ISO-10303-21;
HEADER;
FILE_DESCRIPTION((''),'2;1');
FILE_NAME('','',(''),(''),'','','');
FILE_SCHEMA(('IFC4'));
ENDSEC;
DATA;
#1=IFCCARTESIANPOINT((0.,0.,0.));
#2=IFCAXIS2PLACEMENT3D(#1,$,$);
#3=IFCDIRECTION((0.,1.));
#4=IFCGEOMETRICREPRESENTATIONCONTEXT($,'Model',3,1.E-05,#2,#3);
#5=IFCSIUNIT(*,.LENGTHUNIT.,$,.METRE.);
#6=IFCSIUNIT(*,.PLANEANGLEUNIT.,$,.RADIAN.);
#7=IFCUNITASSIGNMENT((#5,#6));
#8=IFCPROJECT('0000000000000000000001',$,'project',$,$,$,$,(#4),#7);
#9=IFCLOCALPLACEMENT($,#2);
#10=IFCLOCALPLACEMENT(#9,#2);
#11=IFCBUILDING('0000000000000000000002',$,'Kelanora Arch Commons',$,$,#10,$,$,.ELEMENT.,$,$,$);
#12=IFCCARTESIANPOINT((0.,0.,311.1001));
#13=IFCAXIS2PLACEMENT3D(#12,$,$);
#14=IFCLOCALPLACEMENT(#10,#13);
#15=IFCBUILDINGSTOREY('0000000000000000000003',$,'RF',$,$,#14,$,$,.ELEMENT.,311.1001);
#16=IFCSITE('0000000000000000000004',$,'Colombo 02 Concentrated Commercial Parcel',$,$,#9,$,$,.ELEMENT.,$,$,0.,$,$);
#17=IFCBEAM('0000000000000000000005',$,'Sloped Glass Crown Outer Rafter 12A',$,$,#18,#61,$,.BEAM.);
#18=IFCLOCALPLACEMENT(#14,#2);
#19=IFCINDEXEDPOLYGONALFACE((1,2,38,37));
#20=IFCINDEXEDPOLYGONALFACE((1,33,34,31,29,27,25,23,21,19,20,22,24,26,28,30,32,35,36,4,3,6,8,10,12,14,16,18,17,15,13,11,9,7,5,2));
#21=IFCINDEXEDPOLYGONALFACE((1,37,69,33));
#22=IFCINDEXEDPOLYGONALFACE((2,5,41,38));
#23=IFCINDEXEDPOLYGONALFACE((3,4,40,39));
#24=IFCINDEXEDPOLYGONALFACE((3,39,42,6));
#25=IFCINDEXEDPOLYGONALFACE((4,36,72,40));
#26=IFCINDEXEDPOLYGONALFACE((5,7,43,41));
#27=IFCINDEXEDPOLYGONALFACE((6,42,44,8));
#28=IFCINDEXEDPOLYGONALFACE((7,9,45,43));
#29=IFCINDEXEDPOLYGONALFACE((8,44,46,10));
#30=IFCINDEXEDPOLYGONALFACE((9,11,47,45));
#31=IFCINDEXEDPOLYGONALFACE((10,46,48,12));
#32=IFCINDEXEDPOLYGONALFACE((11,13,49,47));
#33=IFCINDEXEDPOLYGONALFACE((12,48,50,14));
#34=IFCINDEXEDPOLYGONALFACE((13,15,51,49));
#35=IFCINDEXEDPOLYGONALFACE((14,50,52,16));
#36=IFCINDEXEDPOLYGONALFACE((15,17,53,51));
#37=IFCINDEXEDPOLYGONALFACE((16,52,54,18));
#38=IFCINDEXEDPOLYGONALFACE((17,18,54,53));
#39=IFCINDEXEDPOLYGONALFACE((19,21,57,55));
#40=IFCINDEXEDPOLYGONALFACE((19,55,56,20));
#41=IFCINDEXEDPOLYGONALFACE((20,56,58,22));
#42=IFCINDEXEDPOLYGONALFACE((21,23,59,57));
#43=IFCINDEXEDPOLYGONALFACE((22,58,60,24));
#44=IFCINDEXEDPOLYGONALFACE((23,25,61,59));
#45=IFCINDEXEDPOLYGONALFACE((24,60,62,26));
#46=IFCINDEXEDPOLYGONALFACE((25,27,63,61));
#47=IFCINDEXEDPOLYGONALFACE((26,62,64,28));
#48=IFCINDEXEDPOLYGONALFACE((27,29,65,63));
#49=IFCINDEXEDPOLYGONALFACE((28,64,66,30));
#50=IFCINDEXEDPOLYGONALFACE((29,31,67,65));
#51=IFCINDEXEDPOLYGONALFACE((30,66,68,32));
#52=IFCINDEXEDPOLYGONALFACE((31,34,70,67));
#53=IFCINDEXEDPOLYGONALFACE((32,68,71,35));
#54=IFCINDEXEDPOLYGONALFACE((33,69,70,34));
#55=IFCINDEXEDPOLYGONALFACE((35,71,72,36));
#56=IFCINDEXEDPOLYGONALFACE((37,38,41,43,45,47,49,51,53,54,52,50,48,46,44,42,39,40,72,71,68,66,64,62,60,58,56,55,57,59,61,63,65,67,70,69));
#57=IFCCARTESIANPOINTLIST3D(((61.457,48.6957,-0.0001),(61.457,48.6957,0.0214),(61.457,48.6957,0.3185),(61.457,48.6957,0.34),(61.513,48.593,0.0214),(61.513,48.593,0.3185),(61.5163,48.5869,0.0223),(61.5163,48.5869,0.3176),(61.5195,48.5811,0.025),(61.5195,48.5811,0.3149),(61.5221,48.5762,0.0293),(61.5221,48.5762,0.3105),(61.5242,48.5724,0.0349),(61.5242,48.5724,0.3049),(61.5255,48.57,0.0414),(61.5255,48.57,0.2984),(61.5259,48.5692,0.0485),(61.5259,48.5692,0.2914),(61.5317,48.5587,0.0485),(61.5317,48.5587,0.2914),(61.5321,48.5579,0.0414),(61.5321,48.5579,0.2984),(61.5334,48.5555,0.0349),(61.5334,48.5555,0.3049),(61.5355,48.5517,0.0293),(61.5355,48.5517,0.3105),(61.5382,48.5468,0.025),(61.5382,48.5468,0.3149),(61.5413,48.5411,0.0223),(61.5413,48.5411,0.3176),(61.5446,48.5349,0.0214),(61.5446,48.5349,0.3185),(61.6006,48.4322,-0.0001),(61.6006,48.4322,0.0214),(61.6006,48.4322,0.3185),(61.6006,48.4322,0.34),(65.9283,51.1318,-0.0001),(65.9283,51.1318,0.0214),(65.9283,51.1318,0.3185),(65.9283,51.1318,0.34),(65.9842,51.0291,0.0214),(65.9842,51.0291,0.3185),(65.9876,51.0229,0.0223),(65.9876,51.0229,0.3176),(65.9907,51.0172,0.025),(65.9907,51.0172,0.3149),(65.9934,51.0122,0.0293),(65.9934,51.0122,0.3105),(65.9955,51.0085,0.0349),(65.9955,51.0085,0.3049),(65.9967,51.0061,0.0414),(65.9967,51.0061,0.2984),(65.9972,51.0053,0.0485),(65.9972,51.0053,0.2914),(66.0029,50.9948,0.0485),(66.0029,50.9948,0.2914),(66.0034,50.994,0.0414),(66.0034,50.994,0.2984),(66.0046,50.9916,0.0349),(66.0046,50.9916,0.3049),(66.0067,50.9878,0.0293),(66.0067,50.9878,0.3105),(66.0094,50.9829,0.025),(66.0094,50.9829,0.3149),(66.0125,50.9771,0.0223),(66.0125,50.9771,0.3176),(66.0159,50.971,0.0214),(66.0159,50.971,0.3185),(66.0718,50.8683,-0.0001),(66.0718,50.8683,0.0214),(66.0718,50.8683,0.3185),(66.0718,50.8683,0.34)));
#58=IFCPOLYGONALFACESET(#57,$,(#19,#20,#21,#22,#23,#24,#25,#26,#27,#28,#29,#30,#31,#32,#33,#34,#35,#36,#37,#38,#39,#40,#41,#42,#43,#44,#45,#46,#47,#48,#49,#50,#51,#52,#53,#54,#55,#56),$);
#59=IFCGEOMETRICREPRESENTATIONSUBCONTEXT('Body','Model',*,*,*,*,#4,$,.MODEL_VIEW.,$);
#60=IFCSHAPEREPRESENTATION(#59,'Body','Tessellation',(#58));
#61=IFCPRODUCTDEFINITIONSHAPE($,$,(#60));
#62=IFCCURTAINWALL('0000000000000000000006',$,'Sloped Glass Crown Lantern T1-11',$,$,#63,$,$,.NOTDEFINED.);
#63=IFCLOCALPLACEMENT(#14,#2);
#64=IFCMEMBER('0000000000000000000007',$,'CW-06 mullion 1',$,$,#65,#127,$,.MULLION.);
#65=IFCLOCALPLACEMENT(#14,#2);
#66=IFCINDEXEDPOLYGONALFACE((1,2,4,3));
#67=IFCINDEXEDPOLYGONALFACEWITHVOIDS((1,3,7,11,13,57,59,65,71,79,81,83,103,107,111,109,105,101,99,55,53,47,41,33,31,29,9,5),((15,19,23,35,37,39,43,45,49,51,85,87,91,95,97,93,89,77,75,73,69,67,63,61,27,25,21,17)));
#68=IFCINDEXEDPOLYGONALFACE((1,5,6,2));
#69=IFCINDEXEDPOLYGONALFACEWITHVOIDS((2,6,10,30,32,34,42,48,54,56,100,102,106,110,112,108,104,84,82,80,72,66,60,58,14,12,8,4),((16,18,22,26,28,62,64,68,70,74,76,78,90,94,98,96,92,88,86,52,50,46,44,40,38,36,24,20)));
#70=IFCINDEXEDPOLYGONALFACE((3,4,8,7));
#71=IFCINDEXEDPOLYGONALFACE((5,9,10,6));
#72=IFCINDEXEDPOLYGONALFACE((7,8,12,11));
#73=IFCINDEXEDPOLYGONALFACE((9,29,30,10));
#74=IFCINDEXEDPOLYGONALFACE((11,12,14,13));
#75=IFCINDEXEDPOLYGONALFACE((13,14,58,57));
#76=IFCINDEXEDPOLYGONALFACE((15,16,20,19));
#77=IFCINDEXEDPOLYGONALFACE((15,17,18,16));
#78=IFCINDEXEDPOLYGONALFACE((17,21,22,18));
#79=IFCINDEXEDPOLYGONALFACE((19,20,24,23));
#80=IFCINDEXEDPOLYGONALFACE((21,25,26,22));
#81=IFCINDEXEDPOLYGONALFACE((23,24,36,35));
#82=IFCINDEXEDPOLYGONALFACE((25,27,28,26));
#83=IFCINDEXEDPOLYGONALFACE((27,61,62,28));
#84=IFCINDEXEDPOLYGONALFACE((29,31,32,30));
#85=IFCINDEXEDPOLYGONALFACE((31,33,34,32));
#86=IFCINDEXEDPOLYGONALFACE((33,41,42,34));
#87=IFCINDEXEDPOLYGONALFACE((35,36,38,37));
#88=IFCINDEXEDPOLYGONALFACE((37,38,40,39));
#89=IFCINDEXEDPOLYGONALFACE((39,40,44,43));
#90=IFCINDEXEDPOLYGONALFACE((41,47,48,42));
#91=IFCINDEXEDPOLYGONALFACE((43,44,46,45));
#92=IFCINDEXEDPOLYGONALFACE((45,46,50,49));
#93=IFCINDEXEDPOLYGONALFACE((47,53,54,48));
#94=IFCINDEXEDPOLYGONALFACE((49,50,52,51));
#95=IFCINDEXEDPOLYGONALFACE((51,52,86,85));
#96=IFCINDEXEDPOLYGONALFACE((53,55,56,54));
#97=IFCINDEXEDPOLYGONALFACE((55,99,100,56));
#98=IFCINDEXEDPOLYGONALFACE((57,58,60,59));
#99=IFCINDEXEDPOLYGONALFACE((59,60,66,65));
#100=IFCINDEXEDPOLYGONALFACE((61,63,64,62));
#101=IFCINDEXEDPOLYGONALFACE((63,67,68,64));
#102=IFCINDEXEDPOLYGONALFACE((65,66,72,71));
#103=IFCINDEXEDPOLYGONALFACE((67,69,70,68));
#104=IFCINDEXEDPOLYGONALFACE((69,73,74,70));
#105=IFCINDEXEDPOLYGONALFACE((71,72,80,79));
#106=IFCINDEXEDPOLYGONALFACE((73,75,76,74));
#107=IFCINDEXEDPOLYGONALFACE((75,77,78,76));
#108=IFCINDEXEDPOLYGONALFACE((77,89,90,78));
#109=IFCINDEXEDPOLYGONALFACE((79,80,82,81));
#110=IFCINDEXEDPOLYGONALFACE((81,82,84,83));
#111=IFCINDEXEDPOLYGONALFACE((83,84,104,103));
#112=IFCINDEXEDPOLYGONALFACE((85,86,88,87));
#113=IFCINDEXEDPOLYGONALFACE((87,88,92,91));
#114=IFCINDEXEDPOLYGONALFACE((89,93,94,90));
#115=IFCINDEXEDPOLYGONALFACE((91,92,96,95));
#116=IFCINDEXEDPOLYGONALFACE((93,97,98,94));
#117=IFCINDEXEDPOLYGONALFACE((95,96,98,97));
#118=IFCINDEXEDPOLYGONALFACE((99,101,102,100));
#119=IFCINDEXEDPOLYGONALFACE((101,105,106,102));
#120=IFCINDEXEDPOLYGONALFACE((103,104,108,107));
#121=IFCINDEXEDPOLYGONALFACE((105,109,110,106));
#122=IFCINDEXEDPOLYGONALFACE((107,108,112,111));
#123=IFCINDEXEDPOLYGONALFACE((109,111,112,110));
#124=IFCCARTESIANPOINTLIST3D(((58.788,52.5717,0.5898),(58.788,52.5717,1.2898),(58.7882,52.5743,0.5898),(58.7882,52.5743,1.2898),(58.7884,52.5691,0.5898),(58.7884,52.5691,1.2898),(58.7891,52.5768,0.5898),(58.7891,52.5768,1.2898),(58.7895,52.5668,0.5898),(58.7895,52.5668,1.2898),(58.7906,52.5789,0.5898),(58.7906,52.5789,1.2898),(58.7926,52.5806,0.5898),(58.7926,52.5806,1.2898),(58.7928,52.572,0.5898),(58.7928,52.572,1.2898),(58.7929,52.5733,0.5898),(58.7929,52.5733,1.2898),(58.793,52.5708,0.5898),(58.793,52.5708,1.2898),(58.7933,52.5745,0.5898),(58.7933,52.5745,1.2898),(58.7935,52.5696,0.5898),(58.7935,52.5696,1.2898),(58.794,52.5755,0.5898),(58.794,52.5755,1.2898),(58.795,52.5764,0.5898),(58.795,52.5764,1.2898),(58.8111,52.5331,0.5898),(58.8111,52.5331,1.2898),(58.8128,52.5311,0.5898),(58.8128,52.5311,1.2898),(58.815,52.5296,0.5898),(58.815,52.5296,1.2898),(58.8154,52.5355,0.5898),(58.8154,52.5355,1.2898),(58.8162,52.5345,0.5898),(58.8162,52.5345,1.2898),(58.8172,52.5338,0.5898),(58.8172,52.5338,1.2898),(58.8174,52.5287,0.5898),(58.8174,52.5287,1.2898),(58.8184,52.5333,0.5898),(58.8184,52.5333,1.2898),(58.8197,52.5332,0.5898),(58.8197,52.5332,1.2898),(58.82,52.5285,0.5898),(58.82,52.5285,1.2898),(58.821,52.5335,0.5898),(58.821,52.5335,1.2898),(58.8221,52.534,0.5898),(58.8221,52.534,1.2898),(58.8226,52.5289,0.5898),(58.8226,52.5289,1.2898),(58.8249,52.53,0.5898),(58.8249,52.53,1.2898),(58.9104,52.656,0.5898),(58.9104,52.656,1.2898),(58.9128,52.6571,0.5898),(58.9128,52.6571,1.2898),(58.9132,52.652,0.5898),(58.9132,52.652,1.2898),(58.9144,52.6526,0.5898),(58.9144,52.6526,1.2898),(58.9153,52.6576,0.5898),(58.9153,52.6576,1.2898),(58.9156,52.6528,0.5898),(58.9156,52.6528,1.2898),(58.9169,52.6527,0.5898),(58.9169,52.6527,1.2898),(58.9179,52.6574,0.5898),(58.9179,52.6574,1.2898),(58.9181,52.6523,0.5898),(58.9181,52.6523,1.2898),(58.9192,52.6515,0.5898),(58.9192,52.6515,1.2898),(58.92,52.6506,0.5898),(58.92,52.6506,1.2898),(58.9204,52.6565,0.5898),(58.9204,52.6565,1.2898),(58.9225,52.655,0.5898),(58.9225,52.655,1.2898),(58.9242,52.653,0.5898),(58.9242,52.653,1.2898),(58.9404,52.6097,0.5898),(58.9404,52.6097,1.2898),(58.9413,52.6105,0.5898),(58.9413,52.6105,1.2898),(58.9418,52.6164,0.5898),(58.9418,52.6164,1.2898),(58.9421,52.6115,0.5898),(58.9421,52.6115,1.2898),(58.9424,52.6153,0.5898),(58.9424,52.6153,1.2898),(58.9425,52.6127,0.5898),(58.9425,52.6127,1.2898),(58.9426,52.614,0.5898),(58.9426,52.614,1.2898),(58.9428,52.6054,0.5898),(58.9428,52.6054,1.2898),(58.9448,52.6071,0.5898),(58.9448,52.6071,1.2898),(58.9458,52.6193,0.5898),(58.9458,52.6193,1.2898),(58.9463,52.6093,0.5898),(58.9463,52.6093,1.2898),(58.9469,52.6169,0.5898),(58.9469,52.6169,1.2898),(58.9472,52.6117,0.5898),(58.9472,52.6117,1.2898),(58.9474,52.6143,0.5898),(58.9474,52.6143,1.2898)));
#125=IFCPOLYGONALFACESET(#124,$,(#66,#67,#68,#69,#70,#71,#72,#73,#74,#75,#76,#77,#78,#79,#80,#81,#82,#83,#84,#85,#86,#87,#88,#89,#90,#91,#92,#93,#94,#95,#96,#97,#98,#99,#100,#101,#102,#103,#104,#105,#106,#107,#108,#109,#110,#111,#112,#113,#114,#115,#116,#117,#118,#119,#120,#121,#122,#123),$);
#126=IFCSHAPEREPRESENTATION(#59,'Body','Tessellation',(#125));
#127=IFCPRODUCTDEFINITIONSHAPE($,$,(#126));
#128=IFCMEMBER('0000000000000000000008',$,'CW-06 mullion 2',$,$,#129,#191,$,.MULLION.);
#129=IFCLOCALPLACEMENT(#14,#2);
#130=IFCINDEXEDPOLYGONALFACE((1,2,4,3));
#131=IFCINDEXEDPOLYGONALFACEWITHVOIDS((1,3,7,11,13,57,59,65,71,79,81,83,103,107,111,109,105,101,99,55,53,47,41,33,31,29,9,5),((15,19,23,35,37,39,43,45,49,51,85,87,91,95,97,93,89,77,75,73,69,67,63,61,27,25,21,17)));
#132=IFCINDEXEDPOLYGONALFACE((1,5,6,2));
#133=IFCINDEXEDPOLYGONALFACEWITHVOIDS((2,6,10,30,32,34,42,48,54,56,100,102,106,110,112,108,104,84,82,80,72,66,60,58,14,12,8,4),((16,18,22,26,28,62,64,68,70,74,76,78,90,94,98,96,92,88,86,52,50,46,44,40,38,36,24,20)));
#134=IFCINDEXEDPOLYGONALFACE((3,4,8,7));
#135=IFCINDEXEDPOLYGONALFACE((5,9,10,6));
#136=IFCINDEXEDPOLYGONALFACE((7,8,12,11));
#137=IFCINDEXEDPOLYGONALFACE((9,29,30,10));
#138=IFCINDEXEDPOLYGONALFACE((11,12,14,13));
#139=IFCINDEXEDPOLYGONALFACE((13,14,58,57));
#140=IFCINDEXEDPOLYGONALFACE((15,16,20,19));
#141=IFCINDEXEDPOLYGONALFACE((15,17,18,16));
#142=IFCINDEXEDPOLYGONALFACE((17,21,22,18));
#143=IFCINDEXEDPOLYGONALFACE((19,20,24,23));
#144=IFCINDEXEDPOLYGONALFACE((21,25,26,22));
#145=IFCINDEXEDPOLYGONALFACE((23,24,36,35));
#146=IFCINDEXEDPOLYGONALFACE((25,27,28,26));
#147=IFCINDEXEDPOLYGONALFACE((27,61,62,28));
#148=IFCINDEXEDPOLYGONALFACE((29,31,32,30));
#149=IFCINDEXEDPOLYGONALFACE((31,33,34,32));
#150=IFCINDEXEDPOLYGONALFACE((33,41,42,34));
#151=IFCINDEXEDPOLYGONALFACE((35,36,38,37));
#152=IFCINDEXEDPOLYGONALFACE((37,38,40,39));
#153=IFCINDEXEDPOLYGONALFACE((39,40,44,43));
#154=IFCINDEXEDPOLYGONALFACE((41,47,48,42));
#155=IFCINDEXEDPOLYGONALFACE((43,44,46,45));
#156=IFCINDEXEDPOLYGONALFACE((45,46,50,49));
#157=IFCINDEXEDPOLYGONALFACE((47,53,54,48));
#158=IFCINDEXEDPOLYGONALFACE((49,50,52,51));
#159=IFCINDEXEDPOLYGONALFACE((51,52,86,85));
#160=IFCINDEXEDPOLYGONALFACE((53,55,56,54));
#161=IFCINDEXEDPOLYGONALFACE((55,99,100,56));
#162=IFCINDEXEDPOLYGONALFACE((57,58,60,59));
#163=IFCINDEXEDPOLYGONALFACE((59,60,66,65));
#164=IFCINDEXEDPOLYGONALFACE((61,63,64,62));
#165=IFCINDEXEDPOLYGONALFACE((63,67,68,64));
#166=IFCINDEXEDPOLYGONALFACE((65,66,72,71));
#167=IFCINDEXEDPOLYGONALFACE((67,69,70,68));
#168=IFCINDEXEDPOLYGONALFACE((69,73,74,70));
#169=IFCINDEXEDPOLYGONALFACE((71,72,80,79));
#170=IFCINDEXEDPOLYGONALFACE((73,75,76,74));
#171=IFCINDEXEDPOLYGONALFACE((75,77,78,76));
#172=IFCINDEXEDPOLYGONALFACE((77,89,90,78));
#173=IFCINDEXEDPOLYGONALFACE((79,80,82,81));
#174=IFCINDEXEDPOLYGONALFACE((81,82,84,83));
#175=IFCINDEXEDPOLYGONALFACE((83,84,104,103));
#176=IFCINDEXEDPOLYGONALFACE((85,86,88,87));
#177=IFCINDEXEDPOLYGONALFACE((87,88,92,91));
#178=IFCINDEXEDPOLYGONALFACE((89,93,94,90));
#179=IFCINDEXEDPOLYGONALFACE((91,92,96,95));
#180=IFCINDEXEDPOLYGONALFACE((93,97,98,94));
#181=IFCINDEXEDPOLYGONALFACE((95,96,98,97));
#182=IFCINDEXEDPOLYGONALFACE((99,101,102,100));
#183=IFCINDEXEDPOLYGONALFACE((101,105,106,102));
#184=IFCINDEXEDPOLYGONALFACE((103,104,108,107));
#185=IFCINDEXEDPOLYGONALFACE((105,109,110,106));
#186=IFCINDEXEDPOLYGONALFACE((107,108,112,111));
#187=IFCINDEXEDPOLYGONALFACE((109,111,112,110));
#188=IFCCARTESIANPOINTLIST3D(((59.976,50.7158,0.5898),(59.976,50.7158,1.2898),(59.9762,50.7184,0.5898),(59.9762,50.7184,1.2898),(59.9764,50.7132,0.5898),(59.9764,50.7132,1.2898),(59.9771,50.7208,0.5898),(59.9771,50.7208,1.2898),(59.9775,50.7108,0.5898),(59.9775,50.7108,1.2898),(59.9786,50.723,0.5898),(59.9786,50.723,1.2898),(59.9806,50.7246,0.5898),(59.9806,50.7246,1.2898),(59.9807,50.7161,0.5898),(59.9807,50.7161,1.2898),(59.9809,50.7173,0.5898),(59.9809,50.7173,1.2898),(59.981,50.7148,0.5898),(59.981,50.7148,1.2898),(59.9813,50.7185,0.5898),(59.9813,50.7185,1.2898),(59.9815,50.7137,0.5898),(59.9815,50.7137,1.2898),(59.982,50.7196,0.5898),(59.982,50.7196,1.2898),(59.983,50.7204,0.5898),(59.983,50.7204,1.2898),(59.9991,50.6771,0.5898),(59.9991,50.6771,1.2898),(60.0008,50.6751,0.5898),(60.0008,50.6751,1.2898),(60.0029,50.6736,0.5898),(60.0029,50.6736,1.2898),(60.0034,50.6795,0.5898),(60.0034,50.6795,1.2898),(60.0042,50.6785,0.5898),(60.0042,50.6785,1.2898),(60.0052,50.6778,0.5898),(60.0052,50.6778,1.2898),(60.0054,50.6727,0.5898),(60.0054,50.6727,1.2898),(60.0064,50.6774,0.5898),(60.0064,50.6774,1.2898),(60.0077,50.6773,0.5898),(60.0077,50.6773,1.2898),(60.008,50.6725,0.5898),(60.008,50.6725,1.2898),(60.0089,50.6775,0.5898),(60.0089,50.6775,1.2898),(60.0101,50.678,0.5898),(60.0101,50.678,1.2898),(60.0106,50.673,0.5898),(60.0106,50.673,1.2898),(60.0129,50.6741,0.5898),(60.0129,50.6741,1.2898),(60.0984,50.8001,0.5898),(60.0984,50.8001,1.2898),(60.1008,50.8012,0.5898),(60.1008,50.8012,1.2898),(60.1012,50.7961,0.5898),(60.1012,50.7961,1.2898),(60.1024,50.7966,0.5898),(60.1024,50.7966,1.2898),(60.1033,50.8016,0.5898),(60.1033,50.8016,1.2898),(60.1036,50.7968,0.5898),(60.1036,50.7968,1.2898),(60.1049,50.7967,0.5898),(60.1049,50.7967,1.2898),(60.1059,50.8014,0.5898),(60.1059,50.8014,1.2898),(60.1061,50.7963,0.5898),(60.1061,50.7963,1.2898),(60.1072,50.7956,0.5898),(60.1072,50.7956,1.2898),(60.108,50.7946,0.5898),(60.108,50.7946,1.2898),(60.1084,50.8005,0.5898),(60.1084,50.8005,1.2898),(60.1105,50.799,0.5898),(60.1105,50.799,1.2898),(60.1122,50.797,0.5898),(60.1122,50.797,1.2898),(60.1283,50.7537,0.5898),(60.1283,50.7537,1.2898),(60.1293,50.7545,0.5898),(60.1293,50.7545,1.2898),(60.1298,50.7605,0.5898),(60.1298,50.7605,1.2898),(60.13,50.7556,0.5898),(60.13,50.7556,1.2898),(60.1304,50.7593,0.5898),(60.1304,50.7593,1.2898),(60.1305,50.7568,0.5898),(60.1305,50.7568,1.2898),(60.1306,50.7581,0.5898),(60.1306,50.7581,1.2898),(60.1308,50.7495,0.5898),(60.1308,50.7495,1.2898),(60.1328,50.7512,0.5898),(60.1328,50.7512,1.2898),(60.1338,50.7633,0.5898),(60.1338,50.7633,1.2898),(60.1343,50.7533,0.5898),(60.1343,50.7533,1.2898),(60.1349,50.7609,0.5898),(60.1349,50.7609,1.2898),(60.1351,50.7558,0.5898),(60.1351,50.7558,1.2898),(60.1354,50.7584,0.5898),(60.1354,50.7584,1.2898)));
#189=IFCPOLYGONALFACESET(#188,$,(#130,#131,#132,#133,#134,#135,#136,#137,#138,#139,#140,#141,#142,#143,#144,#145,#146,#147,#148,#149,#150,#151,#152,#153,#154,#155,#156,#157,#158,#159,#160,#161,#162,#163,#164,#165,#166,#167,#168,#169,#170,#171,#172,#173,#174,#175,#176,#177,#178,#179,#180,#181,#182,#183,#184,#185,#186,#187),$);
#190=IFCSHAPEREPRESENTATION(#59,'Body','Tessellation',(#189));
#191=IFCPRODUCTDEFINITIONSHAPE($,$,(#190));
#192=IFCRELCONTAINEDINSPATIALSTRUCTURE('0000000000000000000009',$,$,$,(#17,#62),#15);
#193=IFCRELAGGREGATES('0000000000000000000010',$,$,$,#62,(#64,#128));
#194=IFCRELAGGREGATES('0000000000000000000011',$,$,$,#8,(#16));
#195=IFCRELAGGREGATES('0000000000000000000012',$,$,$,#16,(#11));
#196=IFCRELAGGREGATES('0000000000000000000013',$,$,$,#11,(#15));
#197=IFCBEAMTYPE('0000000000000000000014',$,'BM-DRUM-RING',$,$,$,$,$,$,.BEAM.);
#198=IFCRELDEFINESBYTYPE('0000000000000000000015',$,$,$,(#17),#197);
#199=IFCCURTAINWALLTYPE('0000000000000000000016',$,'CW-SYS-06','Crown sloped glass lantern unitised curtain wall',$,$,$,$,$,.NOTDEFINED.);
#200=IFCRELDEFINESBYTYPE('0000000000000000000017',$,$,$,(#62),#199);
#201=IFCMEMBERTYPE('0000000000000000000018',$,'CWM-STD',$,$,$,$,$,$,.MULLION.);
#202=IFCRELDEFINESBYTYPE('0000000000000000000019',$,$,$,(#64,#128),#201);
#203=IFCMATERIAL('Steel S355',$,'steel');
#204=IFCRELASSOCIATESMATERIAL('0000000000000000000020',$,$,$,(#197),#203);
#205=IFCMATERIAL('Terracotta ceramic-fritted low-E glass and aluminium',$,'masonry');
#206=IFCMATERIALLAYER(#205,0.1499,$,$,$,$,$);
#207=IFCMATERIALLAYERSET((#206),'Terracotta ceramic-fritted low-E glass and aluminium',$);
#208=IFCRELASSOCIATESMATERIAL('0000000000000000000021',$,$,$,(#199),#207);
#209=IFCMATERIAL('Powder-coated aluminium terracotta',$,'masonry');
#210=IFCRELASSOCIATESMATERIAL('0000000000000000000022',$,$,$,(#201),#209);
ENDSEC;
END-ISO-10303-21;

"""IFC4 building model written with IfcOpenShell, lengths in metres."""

from ifc_helpers import new_model, si_unit, direction, frame, origin, origin_2d, place, context, subcontext, project, spatial, hollow_rectangle, i_section, extrude, material, layer, layer_set, material_profile, profile_set, type_object, element, aggregate, save


model = new_model("IFC4")

# Units and contexts
model_context = context("Model", 3, precision=1e-05, world=origin(), true_north=direction((0.0, 1.0)))
body_context = subcontext(model_context, "Body", "Model", "MODEL_VIEW")
ifc_project = project(units=[si_unit("LENGTHUNIT", "METRE"), si_unit("PLANEANGLEUNIT", "RADIAN")], contexts=[model_context])

# Site, building, storey
site_placement = place(None, origin())
site = spatial("IfcSite", under=ifc_project, at=site_placement, Name="Colombo 02 Concentrated Commercial Parcel", CompositionType="ELEMENT", RefElevation=0.0)
building_placement = place(site_placement, origin())
building = spatial("IfcBuilding", under=site, at=building_placement, Name="Kelanora Arch Commons", CompositionType="ELEMENT")
storey_placement = place(building_placement, frame((0.0, 0.0, 311.1001)))
storey = spatial("IfcBuildingStorey", under=building, at=storey_placement, Name="RF", CompositionType="ELEMENT", Elevation=311.1001)

# Beam
ifc_material_1 = material(Name="Steel S355", Category="steel")
ifc_material_profile_1 = material_profile(ifc_material_1, i_section(OverallWidth=0.3, OverallDepth=0.3401, WebThickness=0.012, FlangeThickness=0.0215, FilletRadius=0.0271, at=origin_2d()), Name="HEB340")
ifc_profile_set_1 = profile_set([ifc_material_profile_1], Name="Steel S355")
beam_type = type_object("IfcBeamType", Name="BM-DRUM-RING", PredefinedType="BEAM", material=ifc_profile_set_1)
beam_1_placement = place(storey_placement, frame((61.5288, 48.564, 0.1699), z_axis=(0.878126, 0.478429, 0.0), x_axis=(-0.478429, 0.878126, 0.0)))
element("IfcBeam", 1, at=beam_1_placement, inside=storey, type_object=beam_type, Name="Sloped Glass Crown Outer Rafter 12A", PredefinedType="BEAM", context=body_context, shape_type="SweptSolid", body=[
    extrude(i_section(OverallWidth=0.3, OverallDepth=0.3401, WebThickness=0.012, FlangeThickness=0.0215, FilletRadius=0.0271, at=origin_2d()), origin(), (0.0, 0.0, 1.0), 5.0918),
])

# Curtain wall, members
ifc_material_2 = material(Name="Terracotta ceramic-fritted low-E glass and aluminium", Category="masonry")
ifc_layer_1 = layer(ifc_material_2, 0.1499)
ifc_layer_set_1 = layer_set([ifc_layer_1], Name="Terracotta ceramic-fritted low-E glass and aluminium")
curtain_wall_type = type_object("IfcCurtainWallType", Name="CW-SYS-06", Description="Crown sloped glass lantern unitised curtain wall", PredefinedType="NOTDEFINED", material=ifc_layer_set_1)
curtain_wall_placement = place(storey_placement, origin())
curtain_wall = element("IfcCurtainWall", 2, at=curtain_wall_placement, inside=storey, type_object=curtain_wall_type, Name="Sloped Glass Crown Lantern T1-11", PredefinedType="NOTDEFINED")
ifc_material_3 = material(Name="Powder-coated aluminium terracotta", Category="masonry")
ifc_material_profile_2 = material_profile(ifc_material_3, hollow_rectangle(XDim=0.1599, YDim=0.0601, WallThickness=0.0049, InnerFilletRadius=0.0049, OuterFilletRadius=0.01, at=origin_2d()), Name="CWM160x60")
ifc_profile_set_2 = profile_set([ifc_material_profile_2], Name="Powder-coated aluminium terracotta")
member_type_1 = type_object("IfcMemberType", Name="CWM-STD", PredefinedType="MULLION", material=ifc_profile_set_2)
member_1_placement = place(storey_placement, frame((58.8677, 52.593, 0.5898), z_axis=(0.0, 0.0, 1.0), x_axis=(0.842271, 0.539054, 0.0)))
member_1 = element("IfcMember", 3, at=member_1_placement, type_object=member_type_1, Name="CW-06 mullion 1", PredefinedType="MULLION", context=body_context, shape_type="SweptSolid", body=[
    extrude(hollow_rectangle(XDim=0.1599, YDim=0.0601, WallThickness=0.0049, InnerFilletRadius=0.0049, OuterFilletRadius=0.01, at=origin_2d()), origin(), (0.0, 0.0, 1.0), 0.7),
])
member_2_placement = place(storey_placement, frame((60.0557, 50.7371, 0.5898), z_axis=(0.0, 0.0, 1.0), x_axis=(0.842271, 0.539054, 0.0)))
member_2 = element("IfcMember", 4, at=member_2_placement, type_object=member_type_1, Name="CW-06 mullion 2", PredefinedType="MULLION", context=body_context, shape_type="SweptSolid", body=[
    extrude(hollow_rectangle(XDim=0.1599, YDim=0.0601, WallThickness=0.0049, InnerFilletRadius=0.0049, OuterFilletRadius=0.01, at=origin_2d()), origin(), (0.0, 0.0, 1.0), 0.7),
])
aggregate(curtain_wall, [member_1, member_2])

save(model, "model.ifc")
